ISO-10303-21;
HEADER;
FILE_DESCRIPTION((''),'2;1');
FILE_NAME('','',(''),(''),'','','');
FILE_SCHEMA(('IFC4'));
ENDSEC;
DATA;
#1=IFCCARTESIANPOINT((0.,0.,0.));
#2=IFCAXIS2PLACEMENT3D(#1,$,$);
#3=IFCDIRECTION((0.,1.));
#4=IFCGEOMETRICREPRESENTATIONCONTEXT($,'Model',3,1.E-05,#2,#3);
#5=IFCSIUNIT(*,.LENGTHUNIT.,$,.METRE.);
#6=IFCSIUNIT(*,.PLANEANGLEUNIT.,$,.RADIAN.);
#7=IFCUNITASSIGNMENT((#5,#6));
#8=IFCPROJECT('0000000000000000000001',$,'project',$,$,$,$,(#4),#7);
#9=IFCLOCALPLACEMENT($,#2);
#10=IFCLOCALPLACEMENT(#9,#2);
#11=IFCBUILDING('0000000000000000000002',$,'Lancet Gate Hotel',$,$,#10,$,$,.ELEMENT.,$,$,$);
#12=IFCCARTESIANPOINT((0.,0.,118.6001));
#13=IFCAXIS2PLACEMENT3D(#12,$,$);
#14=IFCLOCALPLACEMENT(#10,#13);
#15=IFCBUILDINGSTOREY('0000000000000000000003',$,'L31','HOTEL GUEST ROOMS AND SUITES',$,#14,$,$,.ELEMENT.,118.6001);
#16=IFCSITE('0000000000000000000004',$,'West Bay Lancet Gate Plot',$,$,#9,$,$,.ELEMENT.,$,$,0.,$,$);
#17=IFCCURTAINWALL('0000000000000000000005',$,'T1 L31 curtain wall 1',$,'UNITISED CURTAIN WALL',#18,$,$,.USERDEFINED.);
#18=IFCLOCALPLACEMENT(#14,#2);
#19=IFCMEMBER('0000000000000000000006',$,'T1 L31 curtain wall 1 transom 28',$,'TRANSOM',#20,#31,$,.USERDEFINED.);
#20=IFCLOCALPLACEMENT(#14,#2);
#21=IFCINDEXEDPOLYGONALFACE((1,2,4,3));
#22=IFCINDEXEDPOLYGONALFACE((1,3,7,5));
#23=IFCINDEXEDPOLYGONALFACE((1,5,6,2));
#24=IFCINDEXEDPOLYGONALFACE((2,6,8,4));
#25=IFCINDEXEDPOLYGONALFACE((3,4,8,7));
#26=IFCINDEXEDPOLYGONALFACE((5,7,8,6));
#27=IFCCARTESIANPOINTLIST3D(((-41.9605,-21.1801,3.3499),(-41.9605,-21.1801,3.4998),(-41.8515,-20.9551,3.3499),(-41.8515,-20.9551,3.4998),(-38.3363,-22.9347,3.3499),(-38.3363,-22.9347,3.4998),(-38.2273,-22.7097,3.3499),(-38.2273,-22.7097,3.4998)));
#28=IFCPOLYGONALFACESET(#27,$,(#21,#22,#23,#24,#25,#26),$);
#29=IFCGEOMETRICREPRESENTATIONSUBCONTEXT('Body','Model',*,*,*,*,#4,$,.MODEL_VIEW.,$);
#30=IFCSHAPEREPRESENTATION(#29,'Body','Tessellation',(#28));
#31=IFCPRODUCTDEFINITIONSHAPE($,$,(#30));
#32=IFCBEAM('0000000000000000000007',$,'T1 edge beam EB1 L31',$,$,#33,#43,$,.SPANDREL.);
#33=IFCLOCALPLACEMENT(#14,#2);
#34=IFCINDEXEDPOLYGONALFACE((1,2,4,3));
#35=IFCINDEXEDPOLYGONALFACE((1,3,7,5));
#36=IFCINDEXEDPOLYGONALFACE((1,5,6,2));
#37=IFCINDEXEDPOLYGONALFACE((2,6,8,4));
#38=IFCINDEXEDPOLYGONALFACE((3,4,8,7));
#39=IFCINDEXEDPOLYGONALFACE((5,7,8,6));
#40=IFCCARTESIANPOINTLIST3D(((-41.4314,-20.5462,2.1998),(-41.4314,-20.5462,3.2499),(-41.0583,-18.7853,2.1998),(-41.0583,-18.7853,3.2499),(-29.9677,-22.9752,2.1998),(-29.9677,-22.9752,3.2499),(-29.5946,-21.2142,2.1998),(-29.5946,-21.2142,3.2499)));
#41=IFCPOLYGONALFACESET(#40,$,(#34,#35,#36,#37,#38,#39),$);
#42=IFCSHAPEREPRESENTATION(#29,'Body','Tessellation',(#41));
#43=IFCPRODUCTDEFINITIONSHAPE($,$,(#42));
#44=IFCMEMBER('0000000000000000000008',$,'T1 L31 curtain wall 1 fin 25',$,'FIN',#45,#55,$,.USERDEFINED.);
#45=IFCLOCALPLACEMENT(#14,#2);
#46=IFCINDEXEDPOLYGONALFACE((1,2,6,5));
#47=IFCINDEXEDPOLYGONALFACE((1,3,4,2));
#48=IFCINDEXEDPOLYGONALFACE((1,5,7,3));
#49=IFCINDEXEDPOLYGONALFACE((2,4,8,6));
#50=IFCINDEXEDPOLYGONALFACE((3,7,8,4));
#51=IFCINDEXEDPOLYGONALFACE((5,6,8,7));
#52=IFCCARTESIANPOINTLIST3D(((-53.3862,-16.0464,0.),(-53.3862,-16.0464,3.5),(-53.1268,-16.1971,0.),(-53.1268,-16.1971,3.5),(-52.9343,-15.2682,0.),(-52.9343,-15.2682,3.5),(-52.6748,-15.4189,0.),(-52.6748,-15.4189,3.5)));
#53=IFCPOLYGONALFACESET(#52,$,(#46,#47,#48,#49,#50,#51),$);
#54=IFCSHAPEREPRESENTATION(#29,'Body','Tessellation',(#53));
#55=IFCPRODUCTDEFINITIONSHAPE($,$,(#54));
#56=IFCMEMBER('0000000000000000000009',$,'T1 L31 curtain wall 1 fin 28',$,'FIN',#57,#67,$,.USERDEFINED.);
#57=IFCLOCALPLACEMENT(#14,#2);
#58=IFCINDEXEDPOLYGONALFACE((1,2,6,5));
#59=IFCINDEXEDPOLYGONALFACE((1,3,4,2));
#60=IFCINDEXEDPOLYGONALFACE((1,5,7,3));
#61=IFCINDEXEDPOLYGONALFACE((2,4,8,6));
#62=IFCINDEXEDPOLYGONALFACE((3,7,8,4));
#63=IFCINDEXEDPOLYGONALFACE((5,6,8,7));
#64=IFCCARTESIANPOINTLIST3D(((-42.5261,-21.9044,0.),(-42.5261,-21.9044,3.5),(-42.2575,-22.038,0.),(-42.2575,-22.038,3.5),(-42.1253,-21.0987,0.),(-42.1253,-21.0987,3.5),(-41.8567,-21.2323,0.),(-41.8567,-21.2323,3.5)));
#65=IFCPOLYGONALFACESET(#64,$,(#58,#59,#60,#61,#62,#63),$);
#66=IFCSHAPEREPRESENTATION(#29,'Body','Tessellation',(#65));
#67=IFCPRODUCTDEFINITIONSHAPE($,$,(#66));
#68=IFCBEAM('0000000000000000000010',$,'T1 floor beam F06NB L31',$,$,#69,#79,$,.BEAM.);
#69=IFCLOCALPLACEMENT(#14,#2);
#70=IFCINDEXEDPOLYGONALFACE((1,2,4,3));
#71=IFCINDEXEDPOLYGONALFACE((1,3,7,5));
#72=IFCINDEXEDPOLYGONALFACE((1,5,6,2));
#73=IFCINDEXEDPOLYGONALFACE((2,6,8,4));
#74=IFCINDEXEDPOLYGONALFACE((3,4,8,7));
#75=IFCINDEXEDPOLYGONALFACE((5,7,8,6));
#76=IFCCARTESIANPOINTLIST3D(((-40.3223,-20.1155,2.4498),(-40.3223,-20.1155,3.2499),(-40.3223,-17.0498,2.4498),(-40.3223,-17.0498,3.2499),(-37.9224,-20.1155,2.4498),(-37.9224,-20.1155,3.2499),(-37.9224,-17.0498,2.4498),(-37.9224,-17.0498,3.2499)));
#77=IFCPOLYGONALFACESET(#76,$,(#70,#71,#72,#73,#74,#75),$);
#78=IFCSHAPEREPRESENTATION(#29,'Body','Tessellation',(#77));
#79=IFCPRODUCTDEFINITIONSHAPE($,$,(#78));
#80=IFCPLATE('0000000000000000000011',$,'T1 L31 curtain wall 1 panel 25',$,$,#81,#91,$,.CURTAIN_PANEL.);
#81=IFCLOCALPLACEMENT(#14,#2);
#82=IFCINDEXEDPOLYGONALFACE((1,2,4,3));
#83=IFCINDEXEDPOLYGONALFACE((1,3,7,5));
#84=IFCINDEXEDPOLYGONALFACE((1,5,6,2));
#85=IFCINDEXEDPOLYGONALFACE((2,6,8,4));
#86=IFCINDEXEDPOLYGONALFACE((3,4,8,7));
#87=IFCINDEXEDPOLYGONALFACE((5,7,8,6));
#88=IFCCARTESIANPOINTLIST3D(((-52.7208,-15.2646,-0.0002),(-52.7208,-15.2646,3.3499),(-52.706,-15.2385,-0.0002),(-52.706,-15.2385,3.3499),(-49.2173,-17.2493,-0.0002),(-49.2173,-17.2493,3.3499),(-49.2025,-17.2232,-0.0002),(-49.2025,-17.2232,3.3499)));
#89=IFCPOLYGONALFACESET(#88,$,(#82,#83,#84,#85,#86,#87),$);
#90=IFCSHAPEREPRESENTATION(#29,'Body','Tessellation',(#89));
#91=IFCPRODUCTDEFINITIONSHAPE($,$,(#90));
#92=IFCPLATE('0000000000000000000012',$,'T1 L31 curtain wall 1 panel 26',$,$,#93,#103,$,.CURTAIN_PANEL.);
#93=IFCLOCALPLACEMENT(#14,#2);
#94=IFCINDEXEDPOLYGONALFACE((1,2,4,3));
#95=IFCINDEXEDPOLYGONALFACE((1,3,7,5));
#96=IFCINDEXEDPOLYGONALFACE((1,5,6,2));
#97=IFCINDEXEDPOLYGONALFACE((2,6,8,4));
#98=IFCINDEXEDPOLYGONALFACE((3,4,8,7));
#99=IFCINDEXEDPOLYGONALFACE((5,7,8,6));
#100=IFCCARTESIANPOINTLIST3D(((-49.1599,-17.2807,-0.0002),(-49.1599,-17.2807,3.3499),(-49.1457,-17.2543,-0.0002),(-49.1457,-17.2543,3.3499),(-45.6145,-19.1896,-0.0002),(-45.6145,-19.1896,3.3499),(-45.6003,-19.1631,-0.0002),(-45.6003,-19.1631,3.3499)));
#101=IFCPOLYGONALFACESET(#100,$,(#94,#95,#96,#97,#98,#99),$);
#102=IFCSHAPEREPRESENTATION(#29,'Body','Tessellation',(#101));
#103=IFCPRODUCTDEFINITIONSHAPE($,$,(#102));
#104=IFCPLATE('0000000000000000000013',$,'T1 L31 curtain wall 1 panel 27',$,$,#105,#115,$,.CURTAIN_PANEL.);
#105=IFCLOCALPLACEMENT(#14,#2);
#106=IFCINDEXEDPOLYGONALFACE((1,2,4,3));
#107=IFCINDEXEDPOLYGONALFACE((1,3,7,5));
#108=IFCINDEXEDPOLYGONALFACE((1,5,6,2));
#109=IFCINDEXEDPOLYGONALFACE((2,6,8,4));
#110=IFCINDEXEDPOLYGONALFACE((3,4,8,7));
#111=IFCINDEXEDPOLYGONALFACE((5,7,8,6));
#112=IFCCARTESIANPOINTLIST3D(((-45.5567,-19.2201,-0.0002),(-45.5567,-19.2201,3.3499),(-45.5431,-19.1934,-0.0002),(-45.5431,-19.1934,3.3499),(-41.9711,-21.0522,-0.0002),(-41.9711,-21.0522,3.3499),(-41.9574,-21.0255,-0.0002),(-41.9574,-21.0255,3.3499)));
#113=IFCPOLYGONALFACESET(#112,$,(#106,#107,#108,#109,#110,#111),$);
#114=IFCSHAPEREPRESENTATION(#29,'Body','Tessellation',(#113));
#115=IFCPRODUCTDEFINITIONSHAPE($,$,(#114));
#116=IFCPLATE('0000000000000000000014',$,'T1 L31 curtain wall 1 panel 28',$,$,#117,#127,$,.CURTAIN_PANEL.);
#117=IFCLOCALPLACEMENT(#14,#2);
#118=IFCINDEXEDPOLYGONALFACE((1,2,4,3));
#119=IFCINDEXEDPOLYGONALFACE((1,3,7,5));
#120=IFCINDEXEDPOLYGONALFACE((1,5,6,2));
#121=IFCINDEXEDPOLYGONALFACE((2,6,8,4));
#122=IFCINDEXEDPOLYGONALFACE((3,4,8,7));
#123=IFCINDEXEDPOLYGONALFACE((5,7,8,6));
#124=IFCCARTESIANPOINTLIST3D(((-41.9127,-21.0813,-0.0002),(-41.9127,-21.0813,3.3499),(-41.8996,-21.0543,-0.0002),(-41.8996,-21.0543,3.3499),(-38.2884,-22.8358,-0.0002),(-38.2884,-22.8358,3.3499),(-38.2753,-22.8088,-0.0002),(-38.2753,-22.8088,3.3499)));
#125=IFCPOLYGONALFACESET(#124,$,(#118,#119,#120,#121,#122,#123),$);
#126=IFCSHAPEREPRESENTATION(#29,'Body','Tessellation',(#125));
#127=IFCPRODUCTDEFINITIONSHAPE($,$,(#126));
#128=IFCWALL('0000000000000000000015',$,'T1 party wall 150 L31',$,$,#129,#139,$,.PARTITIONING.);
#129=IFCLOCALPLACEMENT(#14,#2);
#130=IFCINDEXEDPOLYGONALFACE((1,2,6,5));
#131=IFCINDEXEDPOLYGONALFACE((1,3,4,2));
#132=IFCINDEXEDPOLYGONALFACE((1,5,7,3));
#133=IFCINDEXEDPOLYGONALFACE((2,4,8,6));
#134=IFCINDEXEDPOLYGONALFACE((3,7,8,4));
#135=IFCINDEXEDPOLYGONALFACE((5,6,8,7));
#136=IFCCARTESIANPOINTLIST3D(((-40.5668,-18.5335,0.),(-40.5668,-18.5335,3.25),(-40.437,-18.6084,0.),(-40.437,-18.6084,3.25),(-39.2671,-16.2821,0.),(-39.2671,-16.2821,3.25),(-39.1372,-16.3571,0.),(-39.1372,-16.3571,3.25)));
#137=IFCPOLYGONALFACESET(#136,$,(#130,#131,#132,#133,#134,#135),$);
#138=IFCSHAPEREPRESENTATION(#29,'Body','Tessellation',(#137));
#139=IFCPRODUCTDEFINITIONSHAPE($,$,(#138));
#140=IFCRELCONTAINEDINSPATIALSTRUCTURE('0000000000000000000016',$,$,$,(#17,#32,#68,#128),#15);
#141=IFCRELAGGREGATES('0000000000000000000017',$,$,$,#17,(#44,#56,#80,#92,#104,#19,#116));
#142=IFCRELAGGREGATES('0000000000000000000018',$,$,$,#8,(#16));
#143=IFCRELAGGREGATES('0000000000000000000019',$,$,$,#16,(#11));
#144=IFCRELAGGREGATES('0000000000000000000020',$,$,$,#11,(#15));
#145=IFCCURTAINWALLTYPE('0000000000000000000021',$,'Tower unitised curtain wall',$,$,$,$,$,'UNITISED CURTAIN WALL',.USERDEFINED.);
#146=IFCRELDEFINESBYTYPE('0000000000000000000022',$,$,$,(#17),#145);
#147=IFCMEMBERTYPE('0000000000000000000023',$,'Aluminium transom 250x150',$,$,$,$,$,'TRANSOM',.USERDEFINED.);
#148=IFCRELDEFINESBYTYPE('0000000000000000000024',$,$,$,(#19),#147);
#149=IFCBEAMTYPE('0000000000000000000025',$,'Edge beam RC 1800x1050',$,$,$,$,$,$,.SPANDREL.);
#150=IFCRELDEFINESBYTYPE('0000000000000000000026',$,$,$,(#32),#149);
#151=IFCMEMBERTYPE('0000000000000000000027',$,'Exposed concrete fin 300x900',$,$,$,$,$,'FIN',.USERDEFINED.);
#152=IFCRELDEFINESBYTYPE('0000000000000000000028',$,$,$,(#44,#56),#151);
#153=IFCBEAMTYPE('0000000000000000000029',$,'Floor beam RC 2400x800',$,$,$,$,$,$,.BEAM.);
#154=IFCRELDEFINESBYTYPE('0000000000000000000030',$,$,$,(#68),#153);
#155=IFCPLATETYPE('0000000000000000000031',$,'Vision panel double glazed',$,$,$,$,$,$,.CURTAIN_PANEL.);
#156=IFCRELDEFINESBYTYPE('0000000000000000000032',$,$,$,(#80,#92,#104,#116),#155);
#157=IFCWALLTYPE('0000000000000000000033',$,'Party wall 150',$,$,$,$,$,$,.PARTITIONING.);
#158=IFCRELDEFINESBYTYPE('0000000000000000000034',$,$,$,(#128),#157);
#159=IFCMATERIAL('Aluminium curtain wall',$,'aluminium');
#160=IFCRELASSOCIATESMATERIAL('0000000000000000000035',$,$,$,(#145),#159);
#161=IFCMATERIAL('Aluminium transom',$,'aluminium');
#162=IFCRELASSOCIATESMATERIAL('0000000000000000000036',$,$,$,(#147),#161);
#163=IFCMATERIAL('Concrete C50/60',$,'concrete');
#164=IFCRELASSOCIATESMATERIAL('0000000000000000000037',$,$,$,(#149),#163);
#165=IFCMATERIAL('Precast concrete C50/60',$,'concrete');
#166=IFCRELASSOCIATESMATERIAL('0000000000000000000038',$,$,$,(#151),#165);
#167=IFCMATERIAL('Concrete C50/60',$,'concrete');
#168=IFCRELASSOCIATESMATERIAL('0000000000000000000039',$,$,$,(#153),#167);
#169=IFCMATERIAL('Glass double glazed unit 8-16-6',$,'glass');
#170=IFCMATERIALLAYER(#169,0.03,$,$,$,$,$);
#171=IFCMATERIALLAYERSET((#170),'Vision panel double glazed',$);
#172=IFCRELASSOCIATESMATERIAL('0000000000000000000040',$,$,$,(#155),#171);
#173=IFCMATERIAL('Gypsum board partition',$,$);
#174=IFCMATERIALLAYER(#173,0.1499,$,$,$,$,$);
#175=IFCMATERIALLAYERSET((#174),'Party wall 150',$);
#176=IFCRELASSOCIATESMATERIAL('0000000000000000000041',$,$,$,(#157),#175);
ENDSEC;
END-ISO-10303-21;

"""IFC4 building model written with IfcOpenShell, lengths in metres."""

from ifc_helpers import new_model, si_unit, direction, frame, frame_2d, origin, origin_2d, place, context, subcontext, project, spatial, rectangle, extrude, material, layer, layer_set, material_profile, profile_set, type_object, element, aggregate, save


model = new_model("IFC4")

# Units and contexts
model_context = context("Model", 3, precision=1e-05, world=origin(), true_north=direction((0.0, 1.0)))
body_context = subcontext(model_context, "Body", "Model", "MODEL_VIEW")
ifc_project = project(units=[si_unit("LENGTHUNIT", "METRE"), si_unit("PLANEANGLEUNIT", "RADIAN")], contexts=[model_context])

# Site, building, storey
site_placement = place(None, origin())
site = spatial("IfcSite", under=ifc_project, at=site_placement, Name="West Bay Lancet Gate Plot", CompositionType="ELEMENT", RefElevation=0.0)
building_placement = place(site_placement, origin())
building = spatial("IfcBuilding", under=site, at=building_placement, Name="Lancet Gate Hotel", CompositionType="ELEMENT")
storey_placement = place(building_placement, frame((0.0, 0.0, 118.6001)))
storey = spatial("IfcBuildingStorey", under=building, at=storey_placement, Name="L31", Description="HOTEL GUEST ROOMS AND SUITES", CompositionType="ELEMENT", Elevation=118.6001)

# Curtain wall, member
ifc_material_1 = material(Name="Aluminium curtain wall", Category="aluminium")
curtain_wall_type = type_object("IfcCurtainWallType", Name="Tower unitised curtain wall", ElementType="UNITISED CURTAIN WALL", PredefinedType="USERDEFINED", material=ifc_material_1)
curtain_wall_placement = place(storey_placement, origin())
curtain_wall = element("IfcCurtainWall", 1, at=curtain_wall_placement, inside=storey, type_object=curtain_wall_type, Name="T1 L31 curtain wall 1", ObjectType="UNITISED CURTAIN WALL", PredefinedType="USERDEFINED")
ifc_material_2 = material(Name="Aluminium transom", Category="aluminium")
ifc_material_profile_1 = material_profile(ifc_material_2, rectangle(XDim=0.25, YDim=0.1499, at=origin_2d()), Name="TRANSOM 250x150")
ifc_profile_set_1 = profile_set([ifc_material_profile_1], Name="Aluminium transom")
member_type_1 = type_object("IfcMemberType", Name="Aluminium transom 250x150", ElementType="TRANSOM", PredefinedType="USERDEFINED", material=ifc_profile_set_1)
member_1_placement = place(storey_placement, frame((-41.906, -21.0676, 3.4248), z_axis=(0.900066, -0.435754, 0.0), x_axis=(0.435754, 0.900066, 0.0)))
member_1 = element("IfcMember", 2, at=member_1_placement, type_object=member_type_1, Name="T1 L31 curtain wall 1 transom 28", ObjectType="TRANSOM", PredefinedType="USERDEFINED", context=body_context, shape_type="SweptSolid", body=[
    extrude(rectangle(XDim=0.25, YDim=0.1499, at=origin_2d()), origin(), (0.0, 0.0, 1.0), 4.0266),
])

# Beam
ifc_material_3 = material(Name="Concrete C50/60", Category="concrete")
ifc_material_profile_2 = material_profile(ifc_material_3, rectangle(XDim=1.8, YDim=1.05, at=origin_2d()), Name="RC 1800x1050")
ifc_profile_set_2 = profile_set([ifc_material_profile_2], Name="Concrete C50/60")
beam_type_1 = type_object("IfcBeamType", Name="Edge beam RC 1800x1050", PredefinedType="SPANDREL", material=ifc_profile_set_2)
beam_1_placement = place(storey_placement, frame((-41.2449, -19.6658, 2.7249), z_axis=(0.978282, -0.207278, 0.0), x_axis=(0.207278, 0.978282, 0.0)))
element("IfcBeam", 3, at=beam_1_placement, inside=storey, type_object=beam_type_1, Name="T1 edge beam EB1 L31", PredefinedType="SPANDREL", context=body_context, shape_type="SweptSolid", body=[
    extrude(rectangle(XDim=1.8, YDim=1.05, at=origin_2d()), origin(), (0.0, 0.0, 1.0), 11.7183),
])

# Members
ifc_material_4 = material(Name="Precast concrete C50/60", Category="concrete")
ifc_material_profile_3 = material_profile(ifc_material_4, rectangle(XDim=0.3, YDim=0.8999, at=origin_2d()), Name="FIN 300x900")
ifc_profile_set_3 = profile_set([ifc_material_profile_3], Name="Precast concrete C50/60")
member_type_2 = type_object("IfcMemberType", Name="Exposed concrete fin 300x900", ElementType="FIN", PredefinedType="USERDEFINED", material=ifc_profile_set_3)
member_2_placement = place(storey_placement, frame((-53.0305, -15.7327, 0.0), z_axis=(0.0, 0.0, 1.0), x_axis=(0.864728, -0.502241, 0.0)))
member_2 = element("IfcMember", 4, at=member_2_placement, type_object=member_type_2, Name="T1 L31 curtain wall 1 fin 25", ObjectType="FIN", PredefinedType="USERDEFINED", context=body_context, shape_type="SweptSolid", body=[
    extrude(rectangle(XDim=0.3, YDim=0.8999, at=origin_2d()), origin(), (0.0, 0.0, 1.0), 3.5),
])
member_3_placement = place(storey_placement, frame((-42.1914, -21.5684, 0.0), z_axis=(0.0, 0.0, 1.0), x_axis=(0.895339, -0.445384, 0.0)))
member_3 = element("IfcMember", 5, at=member_3_placement, type_object=member_type_2, Name="T1 L31 curtain wall 1 fin 28", ObjectType="FIN", PredefinedType="USERDEFINED", context=body_context, shape_type="SweptSolid", body=[
    extrude(rectangle(XDim=0.3, YDim=0.8999, at=origin_2d()), origin(), (0.0, 0.0, 1.0), 3.5),
])

# Beam
ifc_material_5 = material(Name="Concrete C50/60", Category="concrete")
ifc_material_profile_4 = material_profile(ifc_material_5, rectangle(XDim=2.3999, YDim=0.8, at=origin_2d()), Name="RC 2400x800")
ifc_profile_set_4 = profile_set([ifc_material_profile_4], Name="Concrete C50/60")
beam_type_2 = type_object("IfcBeamType", Name="Floor beam RC 2400x800", PredefinedType="BEAM", material=ifc_profile_set_4)
beam_2_placement = place(storey_placement, frame((-39.1223, -17.0498, 2.8499), z_axis=(0.0, -1.0, 0.0), x_axis=(1.0, 0.0, 0.0)))
element("IfcBeam", 6, at=beam_2_placement, inside=storey, type_object=beam_type_2, Name="T1 floor beam F06NB L31", PredefinedType="BEAM", context=body_context, shape_type="SweptSolid", body=[
    extrude(rectangle(XDim=2.3999, YDim=0.8, at=origin_2d()), origin(), (0.0, 0.0, 1.0), 3.0657),
])

# Plates
ifc_material_6 = material(Name="Glass double glazed unit 8-16-6", Category="glass")
ifc_layer_1 = layer(ifc_material_6, 0.03)
ifc_layer_set_1 = layer_set([ifc_layer_1], Name="Vision panel double glazed")
plate_type = type_object("IfcPlateType", Name="Vision panel double glazed", PredefinedType="CURTAIN_PANEL", material=ifc_layer_set_1)
plate_1_placement = place(storey_placement, frame((-50.9617, -16.2439, -0.0002), z_axis=(0.0, 0.0, 1.0), x_axis=(0.870084, -0.492904, 0.0)))
plate_1 = element("IfcPlate", 7, at=plate_1_placement, type_object=plate_type, Name="T1 L31 curtain wall 1 panel 25", PredefinedType="CURTAIN_PANEL", context=body_context, shape_type="SweptSolid", body=[
    extrude(rectangle(XDim=4.0266, YDim=0.03, at=origin_2d()), origin(), (0.0, 0.0, 1.0), 3.3501),
])
plate_2_placement = place(storey_placement, frame((-47.3801, -18.2219, -0.0002), z_axis=(0.0, 0.0, 1.0), x_axis=(0.880493, -0.47406, 0.0)))
plate_2 = element("IfcPlate", 8, at=plate_2_placement, type_object=plate_type, Name="T1 L31 curtain wall 1 panel 26", PredefinedType="CURTAIN_PANEL", context=body_context, shape_type="SweptSolid", body=[
    extrude(rectangle(XDim=4.0266, YDim=0.03, at=origin_2d()), origin(), (0.0, 0.0, 1.0), 3.3501),
])
plate_3_placement = place(storey_placement, frame((-43.7571, -20.1228, -0.0002), z_axis=(0.0, 0.0, 1.0), x_axis=(0.890493, -0.454996, 0.0)))
plate_3 = element("IfcPlate", 9, at=plate_3_placement, type_object=plate_type, Name="T1 L31 curtain wall 1 panel 27", PredefinedType="CURTAIN_PANEL", context=body_context, shape_type="SweptSolid", body=[
    extrude(rectangle(XDim=4.0266, YDim=0.03, at=origin_2d()), origin(), (0.0, 0.0, 1.0), 3.3501),
])
plate_4_placement = place(storey_placement, frame((-40.094, -21.9451, -0.0002), z_axis=(0.0, 0.0, 1.0), x_axis=(0.900082, -0.435721, 0.0)))
plate_4 = element("IfcPlate", 10, at=plate_4_placement, type_object=plate_type, Name="T1 L31 curtain wall 1 panel 28", PredefinedType="CURTAIN_PANEL", context=body_context, shape_type="SweptSolid", body=[
    extrude(rectangle(XDim=4.0266, YDim=0.03, at=origin_2d()), origin(), (0.0, 0.0, 1.0), 3.3501),
])
aggregate(curtain_wall, [member_2, member_3, plate_1, plate_2, plate_3, member_1, plate_4])

# Wall
ifc_material_7 = material(Name="Gypsum board partition")
ifc_layer_2 = layer(ifc_material_7, 0.1499)
ifc_layer_set_2 = layer_set([ifc_layer_2], Name="Party wall 150")
wall_type = type_object("IfcWallType", Name="Party wall 150", PredefinedType="PARTITIONING", material=ifc_layer_set_2)
wall_placement = place(storey_placement, frame((-39.2021, -16.3196, 0.0), z_axis=(0.0, 0.0, 1.0), x_axis=(-0.499977, -0.866039, 0.0)))
element("IfcWall", 11, at=wall_placement, inside=storey, type_object=wall_type, Name="T1 party wall 150 L31", PredefinedType="PARTITIONING", context=body_context, shape_type="SweptSolid", body=[
    extrude(rectangle(XDim=2.5996, YDim=0.1499, at=frame_2d((1.2998, 0.0))), origin(), (0.0, 0.0, 1.0), 3.25),
])

save(model, "model.ifc")
